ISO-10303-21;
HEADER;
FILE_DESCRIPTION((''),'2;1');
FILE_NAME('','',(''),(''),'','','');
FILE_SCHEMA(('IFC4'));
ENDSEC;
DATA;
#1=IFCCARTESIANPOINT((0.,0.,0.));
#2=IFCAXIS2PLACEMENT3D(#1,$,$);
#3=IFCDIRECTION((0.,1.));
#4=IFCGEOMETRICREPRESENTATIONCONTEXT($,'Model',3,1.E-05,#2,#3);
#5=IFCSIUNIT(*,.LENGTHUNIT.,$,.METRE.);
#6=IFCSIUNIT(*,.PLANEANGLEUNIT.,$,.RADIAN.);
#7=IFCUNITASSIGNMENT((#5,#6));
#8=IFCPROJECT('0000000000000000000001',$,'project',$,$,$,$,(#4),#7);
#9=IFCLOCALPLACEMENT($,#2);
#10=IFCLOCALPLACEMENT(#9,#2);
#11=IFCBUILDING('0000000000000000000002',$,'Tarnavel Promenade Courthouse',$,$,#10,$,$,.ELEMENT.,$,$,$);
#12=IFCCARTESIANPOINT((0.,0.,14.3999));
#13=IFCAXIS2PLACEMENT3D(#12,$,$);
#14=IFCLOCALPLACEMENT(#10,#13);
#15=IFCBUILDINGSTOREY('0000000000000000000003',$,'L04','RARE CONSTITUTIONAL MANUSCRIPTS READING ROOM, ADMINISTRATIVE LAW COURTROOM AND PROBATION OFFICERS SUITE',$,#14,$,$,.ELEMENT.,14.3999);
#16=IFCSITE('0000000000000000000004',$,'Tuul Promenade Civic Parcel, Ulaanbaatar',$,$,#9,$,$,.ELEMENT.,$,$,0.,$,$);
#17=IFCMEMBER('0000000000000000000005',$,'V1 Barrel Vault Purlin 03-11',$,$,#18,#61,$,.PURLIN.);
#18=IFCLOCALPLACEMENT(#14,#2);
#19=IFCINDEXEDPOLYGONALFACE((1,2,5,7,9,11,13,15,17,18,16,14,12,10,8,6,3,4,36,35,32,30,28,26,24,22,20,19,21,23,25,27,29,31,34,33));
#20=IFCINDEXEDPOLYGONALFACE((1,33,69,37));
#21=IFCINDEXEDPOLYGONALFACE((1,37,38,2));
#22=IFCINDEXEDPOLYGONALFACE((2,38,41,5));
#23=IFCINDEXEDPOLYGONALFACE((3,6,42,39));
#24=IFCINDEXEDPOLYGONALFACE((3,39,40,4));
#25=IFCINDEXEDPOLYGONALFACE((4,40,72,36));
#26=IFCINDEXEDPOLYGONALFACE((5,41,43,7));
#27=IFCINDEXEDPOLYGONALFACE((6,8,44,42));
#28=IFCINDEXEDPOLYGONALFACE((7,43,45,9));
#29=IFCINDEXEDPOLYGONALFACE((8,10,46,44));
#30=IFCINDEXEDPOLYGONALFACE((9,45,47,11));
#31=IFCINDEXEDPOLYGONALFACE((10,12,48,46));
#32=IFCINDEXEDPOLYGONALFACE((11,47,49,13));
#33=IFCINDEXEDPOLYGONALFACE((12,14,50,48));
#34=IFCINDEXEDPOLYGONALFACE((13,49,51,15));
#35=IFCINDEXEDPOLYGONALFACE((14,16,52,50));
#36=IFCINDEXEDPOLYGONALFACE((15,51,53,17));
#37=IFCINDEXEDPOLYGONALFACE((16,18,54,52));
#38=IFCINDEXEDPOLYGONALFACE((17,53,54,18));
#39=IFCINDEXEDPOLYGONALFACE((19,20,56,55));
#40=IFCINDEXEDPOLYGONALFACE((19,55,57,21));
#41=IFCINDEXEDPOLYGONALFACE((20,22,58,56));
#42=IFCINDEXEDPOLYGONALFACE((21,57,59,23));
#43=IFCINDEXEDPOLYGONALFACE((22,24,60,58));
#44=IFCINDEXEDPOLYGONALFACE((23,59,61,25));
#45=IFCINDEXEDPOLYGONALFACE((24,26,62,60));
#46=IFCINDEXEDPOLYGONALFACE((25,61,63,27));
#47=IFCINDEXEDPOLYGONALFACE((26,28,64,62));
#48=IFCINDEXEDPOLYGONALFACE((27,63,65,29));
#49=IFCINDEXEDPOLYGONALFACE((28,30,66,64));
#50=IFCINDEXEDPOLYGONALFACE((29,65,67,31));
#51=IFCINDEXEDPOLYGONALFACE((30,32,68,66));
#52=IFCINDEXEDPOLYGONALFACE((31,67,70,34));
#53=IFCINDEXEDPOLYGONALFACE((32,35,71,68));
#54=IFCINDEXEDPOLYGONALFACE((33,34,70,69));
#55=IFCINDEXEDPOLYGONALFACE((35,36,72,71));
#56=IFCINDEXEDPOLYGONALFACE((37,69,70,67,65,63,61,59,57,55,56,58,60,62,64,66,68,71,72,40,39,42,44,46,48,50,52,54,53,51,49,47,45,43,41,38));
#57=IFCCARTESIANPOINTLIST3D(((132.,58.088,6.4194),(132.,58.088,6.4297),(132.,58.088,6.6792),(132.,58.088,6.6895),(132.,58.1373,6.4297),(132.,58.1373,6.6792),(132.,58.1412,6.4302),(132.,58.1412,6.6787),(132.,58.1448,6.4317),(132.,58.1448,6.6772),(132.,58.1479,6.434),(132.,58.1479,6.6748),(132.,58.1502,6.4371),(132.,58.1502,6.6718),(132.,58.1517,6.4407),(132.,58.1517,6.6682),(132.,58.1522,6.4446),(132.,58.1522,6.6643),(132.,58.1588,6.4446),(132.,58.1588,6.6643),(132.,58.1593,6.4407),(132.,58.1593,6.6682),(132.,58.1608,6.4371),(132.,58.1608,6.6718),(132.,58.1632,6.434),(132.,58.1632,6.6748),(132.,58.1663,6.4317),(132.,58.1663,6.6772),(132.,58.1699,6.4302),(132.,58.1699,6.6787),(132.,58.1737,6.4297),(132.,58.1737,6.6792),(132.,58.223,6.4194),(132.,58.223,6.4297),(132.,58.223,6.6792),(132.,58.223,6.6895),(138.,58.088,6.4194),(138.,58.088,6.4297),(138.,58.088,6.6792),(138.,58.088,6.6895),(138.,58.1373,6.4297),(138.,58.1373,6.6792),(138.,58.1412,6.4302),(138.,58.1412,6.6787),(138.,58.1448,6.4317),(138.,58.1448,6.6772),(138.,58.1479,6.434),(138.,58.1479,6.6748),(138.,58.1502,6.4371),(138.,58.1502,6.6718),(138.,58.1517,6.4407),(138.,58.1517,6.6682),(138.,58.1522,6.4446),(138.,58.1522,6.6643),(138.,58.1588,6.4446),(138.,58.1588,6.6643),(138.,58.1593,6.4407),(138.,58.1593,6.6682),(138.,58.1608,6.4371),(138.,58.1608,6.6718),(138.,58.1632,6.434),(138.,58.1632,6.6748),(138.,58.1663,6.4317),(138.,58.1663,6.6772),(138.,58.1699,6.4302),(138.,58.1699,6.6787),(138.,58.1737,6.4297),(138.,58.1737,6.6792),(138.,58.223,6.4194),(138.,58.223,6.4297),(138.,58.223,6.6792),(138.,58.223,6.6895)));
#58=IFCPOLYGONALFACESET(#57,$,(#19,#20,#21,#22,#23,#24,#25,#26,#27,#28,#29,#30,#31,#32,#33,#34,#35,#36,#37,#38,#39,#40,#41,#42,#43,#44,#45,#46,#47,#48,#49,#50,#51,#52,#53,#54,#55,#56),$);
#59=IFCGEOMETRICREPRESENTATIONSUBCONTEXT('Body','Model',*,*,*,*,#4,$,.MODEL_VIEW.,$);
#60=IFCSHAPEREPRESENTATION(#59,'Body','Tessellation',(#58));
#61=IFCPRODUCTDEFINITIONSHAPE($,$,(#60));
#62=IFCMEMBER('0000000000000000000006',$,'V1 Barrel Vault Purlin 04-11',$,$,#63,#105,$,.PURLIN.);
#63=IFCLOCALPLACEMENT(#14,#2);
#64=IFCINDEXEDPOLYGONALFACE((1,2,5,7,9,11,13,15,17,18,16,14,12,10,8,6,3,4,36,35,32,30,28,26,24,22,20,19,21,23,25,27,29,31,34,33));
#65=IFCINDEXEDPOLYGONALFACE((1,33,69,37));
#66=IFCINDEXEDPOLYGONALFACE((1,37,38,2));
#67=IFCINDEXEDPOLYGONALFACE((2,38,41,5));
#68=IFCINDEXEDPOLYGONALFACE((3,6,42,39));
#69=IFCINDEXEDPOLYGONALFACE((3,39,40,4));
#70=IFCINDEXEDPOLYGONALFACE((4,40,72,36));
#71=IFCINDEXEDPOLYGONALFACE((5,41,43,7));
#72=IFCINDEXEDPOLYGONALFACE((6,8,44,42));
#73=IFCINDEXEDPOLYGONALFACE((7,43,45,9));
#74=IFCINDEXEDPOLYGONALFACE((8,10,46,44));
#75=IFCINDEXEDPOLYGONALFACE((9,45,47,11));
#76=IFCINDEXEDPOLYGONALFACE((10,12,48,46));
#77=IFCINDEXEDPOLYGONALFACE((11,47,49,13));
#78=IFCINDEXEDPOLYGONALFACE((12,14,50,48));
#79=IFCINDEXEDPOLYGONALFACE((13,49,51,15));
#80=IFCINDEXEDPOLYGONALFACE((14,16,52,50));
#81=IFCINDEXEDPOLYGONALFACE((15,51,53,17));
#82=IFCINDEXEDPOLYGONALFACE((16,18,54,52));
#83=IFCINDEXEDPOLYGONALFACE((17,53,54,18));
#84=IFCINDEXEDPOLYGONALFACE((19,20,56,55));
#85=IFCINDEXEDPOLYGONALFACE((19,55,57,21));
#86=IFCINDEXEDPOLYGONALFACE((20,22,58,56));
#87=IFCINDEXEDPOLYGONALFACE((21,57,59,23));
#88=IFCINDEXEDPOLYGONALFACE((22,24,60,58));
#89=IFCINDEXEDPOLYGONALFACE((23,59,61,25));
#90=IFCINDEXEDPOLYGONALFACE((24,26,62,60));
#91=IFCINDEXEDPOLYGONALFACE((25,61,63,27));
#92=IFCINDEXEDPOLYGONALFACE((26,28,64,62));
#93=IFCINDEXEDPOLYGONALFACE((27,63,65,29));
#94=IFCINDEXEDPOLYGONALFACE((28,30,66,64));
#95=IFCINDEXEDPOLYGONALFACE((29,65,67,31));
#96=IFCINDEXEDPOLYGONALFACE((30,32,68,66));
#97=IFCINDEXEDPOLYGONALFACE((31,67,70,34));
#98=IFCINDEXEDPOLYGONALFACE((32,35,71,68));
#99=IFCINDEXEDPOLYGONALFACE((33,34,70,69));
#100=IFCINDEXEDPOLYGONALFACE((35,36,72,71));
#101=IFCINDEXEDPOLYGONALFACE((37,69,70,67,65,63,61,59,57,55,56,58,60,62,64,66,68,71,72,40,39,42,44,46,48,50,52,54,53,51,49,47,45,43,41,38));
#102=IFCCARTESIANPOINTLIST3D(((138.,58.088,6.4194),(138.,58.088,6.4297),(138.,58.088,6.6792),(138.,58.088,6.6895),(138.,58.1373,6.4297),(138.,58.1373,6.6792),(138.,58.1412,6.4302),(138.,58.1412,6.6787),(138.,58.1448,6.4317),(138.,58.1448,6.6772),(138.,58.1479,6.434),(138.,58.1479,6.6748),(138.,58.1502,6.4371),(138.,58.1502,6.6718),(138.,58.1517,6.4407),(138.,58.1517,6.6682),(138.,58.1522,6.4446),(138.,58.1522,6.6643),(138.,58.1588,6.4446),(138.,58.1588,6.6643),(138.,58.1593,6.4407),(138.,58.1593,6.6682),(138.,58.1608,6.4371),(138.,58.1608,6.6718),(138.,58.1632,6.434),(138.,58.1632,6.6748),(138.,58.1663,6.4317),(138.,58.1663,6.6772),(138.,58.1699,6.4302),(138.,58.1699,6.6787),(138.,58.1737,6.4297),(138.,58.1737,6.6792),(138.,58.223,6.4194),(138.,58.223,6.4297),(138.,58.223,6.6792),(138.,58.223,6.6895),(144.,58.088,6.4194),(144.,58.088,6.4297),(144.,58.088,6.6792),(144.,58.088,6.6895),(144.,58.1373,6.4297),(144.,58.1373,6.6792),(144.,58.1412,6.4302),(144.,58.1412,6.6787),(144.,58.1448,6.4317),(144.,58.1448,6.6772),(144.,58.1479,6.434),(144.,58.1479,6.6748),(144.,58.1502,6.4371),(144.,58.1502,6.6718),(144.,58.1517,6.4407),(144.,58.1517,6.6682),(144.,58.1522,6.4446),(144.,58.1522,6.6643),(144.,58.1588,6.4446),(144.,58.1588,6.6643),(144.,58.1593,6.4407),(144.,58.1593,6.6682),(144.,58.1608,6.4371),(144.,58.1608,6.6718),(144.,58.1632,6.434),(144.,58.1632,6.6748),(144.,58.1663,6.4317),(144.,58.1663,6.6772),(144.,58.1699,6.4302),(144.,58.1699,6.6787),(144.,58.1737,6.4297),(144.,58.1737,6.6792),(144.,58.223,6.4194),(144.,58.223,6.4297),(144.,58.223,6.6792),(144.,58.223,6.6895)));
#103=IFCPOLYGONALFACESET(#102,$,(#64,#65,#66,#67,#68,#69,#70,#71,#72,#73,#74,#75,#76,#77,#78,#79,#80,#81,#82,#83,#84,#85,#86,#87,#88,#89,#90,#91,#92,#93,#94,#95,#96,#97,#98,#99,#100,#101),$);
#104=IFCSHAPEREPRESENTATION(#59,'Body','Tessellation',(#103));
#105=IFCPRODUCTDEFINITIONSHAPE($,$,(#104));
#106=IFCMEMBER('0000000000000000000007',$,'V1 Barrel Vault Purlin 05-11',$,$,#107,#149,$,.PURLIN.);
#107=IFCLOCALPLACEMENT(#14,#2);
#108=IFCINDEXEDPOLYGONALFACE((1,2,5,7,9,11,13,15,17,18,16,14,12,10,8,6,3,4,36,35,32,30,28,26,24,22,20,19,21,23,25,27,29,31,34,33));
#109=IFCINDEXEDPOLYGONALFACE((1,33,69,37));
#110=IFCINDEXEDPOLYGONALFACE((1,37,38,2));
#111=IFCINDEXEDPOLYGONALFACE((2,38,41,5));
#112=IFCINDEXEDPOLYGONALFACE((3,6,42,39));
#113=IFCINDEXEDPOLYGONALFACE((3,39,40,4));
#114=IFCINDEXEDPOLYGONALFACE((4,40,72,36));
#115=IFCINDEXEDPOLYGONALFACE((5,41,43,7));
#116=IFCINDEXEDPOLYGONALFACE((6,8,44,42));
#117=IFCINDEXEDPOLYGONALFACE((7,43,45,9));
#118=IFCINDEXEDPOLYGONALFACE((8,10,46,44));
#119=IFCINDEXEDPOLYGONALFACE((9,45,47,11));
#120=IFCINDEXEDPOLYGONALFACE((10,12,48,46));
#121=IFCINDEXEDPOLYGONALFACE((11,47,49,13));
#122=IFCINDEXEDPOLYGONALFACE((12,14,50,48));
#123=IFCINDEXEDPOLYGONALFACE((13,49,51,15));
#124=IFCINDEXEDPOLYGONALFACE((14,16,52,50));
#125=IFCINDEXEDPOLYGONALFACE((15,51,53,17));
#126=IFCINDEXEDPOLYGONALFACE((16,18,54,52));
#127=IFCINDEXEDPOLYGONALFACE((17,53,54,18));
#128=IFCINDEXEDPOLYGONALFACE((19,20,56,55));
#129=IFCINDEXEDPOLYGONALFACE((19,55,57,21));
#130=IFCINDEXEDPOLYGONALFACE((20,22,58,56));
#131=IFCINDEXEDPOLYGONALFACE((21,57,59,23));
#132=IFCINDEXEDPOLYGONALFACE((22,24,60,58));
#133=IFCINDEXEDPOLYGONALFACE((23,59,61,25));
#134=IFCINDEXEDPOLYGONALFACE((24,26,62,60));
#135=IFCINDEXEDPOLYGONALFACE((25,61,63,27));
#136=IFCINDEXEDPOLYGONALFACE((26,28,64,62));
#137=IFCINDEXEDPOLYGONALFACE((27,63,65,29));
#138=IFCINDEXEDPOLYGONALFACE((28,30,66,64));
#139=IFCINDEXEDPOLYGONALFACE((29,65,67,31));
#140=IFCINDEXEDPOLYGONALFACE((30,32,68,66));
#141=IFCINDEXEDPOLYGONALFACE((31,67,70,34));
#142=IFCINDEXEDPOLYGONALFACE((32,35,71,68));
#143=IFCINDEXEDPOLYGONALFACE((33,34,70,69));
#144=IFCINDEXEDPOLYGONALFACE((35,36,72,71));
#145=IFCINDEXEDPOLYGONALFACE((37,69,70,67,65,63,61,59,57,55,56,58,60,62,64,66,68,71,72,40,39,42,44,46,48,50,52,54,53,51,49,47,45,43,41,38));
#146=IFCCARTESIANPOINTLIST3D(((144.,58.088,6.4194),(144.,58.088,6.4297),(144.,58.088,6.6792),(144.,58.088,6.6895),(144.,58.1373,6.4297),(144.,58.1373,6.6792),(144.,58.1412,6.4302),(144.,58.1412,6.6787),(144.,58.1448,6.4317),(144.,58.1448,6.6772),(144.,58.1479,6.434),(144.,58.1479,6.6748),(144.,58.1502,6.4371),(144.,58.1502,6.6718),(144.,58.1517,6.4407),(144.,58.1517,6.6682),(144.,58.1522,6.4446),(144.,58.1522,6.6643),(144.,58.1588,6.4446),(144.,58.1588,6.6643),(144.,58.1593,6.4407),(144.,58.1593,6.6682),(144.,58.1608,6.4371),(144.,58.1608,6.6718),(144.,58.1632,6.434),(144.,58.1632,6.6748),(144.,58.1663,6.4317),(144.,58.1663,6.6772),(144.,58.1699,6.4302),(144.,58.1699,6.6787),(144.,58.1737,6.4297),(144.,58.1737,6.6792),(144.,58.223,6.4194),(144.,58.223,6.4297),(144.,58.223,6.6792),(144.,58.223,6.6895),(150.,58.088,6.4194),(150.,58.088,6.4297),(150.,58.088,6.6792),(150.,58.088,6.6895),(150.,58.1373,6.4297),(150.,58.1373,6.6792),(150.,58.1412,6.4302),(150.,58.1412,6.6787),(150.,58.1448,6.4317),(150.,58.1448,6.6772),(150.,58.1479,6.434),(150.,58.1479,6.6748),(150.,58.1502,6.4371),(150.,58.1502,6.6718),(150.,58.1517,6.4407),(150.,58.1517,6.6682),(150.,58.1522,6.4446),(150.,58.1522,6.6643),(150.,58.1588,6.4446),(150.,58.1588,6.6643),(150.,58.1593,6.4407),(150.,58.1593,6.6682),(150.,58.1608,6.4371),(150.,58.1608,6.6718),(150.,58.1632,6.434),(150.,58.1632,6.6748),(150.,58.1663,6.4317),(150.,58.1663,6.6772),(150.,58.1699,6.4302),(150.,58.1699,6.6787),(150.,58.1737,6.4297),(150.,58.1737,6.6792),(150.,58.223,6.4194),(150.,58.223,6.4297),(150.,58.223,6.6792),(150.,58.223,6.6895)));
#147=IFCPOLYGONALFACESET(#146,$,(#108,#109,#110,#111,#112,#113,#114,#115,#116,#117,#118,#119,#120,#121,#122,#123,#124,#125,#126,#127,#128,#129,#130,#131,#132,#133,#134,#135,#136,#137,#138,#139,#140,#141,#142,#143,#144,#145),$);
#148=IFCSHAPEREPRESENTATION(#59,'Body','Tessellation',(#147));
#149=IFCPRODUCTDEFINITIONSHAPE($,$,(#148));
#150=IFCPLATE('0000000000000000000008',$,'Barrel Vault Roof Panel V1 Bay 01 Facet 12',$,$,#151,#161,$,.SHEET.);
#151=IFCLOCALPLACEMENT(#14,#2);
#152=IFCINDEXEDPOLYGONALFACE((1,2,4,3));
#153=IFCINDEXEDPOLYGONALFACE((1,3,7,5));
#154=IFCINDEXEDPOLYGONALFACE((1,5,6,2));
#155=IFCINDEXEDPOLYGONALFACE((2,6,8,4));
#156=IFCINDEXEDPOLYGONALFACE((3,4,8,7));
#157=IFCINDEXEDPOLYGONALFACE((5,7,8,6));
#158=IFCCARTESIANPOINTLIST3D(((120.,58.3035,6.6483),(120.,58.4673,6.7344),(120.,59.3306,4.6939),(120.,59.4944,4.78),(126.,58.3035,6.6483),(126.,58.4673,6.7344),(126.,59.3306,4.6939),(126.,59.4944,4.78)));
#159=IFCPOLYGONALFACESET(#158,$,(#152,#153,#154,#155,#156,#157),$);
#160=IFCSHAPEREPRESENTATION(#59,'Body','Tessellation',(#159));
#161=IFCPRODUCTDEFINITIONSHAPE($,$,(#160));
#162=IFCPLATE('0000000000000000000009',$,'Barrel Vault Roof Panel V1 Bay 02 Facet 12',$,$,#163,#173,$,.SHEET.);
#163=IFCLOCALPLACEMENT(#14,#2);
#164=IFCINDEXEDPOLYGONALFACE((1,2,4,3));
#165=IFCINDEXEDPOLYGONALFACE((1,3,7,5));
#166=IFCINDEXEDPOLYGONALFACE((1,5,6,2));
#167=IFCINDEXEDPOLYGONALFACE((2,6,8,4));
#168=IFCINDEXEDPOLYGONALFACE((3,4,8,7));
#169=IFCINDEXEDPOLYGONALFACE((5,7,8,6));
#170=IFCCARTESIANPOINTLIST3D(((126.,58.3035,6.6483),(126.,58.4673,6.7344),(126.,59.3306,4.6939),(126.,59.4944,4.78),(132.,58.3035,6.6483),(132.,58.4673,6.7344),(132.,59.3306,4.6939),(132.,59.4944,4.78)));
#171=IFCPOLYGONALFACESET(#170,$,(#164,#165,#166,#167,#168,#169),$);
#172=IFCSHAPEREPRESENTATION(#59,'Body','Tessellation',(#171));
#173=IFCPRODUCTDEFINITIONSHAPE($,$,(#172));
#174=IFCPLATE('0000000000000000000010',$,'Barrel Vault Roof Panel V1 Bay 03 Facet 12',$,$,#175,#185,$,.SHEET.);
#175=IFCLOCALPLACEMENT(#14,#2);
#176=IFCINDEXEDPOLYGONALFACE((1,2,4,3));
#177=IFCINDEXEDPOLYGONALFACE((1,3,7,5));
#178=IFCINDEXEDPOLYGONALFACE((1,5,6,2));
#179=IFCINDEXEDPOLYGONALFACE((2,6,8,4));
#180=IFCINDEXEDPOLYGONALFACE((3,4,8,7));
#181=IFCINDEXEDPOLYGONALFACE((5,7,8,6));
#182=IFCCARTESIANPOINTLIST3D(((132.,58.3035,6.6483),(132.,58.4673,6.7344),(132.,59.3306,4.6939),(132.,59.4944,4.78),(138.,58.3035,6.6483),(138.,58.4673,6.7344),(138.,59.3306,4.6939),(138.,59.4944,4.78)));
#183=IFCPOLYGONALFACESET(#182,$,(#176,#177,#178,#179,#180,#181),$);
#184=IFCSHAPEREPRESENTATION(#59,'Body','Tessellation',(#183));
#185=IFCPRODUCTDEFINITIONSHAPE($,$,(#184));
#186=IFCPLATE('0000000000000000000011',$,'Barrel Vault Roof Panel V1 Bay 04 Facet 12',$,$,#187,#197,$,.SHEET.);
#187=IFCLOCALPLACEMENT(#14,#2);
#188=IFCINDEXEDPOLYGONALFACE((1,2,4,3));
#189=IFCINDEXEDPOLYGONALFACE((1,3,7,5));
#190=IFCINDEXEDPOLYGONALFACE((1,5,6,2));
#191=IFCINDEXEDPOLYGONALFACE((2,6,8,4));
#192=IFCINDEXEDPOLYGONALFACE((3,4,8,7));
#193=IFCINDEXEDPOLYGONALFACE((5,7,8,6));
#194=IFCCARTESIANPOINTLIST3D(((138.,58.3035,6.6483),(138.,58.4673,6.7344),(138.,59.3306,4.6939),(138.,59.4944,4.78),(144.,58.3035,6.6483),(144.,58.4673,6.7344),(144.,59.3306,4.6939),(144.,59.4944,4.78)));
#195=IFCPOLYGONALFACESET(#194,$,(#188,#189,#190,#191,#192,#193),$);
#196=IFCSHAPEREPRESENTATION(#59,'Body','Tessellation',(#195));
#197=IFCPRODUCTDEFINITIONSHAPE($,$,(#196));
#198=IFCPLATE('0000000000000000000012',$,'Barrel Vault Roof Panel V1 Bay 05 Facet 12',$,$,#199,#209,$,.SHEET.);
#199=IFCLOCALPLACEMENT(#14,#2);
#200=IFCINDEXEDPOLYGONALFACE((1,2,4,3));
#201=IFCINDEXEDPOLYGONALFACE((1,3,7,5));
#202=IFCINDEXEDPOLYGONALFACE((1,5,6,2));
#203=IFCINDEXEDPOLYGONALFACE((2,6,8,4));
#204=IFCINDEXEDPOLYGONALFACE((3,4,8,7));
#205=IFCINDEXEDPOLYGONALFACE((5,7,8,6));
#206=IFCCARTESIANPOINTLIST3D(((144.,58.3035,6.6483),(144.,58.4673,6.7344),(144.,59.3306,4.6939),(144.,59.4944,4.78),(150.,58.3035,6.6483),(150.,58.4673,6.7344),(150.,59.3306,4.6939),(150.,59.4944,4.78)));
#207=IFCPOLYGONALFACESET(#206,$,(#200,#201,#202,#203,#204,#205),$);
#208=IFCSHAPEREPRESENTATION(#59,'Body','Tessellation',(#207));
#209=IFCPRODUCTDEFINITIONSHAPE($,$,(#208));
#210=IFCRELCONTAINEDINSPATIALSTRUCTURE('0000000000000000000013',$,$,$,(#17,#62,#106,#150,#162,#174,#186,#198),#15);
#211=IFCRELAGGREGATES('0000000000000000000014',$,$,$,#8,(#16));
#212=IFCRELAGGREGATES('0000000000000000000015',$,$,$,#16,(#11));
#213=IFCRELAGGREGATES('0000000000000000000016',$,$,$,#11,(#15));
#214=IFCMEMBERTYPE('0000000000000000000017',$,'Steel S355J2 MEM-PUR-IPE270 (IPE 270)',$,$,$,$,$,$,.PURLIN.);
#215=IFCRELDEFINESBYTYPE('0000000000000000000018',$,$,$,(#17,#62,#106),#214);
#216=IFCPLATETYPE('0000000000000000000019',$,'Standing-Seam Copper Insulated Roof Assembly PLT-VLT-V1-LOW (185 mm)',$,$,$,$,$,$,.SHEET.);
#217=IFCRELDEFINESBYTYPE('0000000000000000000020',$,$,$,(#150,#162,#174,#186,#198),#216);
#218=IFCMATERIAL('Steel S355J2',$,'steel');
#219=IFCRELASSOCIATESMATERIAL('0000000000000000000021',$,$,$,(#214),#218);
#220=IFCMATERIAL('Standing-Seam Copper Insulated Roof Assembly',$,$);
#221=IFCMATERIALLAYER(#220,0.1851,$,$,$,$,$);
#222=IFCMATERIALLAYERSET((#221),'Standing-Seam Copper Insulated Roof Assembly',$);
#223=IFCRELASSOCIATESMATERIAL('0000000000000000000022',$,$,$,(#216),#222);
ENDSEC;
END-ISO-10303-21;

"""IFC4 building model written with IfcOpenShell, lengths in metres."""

from ifc_helpers import new_model, si_unit, direction, frame, origin, origin_2d, place, context, subcontext, project, spatial, polyline, i_section, outline, extrude, material, layer, layer_set, material_profile, profile_set, type_object, element, save


model = new_model("IFC4")

# Units and contexts
model_context = context("Model", 3, precision=1e-05, world=origin(), true_north=direction((0.0, 1.0)))
body_context = subcontext(model_context, "Body", "Model", "MODEL_VIEW")
ifc_project = project(units=[si_unit("LENGTHUNIT", "METRE"), si_unit("PLANEANGLEUNIT", "RADIAN")], contexts=[model_context])

# Site, building, storey
site_placement = place(None, origin())
site = spatial("IfcSite", under=ifc_project, at=site_placement, Name="Tuul Promenade Civic Parcel, Ulaanbaatar", CompositionType="ELEMENT", RefElevation=0.0)
building_placement = place(site_placement, origin())
building = spatial("IfcBuilding", under=site, at=building_placement, Name="Tarnavel Promenade Courthouse", CompositionType="ELEMENT")
storey_placement = place(building_placement, frame((0.0, 0.0, 14.3999)))
storey = spatial("IfcBuildingStorey", under=building, at=storey_placement, Name="L04", Description="RARE CONSTITUTIONAL MANUSCRIPTS READING ROOM, ADMINISTRATIVE LAW COURTROOM AND PROBATION OFFICERS SUITE", CompositionType="ELEMENT", Elevation=14.3999)

# Members
ifc_material_1 = material(Name="Steel S355J2", Category="steel")
ifc_material_profile_1 = material_profile(ifc_material_1, i_section(OverallWidth=0.135, OverallDepth=0.27, WebThickness=0.0066, FlangeThickness=0.0103, FilletRadius=0.0149, at=origin_2d()), Name="IPE 270")
ifc_profile_set_1 = profile_set([ifc_material_profile_1], Name="Steel S355J2")
member_type = type_object("IfcMemberType", Name="Steel S355J2 MEM-PUR-IPE270 (IPE 270)", PredefinedType="PURLIN", material=ifc_profile_set_1)
for number, where, z_axis, x_axis, name in (
    (1, (132.0, 58.1555, 6.5544), (1.0, 0.0, 0.0), (0.0, 1.0, 0.0), "V1 Barrel Vault Purlin 03-11"),
    (2, (138.0, 58.1555, 6.5544), (1.0, 0.0, 0.0), (0.0, 1.0, 0.0), "V1 Barrel Vault Purlin 04-11"),
    (3, (144.0, 58.1555, 6.5544), (1.0, 0.0, 0.0), (0.0, 1.0, 0.0), "V1 Barrel Vault Purlin 05-11"),
):
    element("IfcMember", number, at=place(storey_placement, frame(where, z_axis=z_axis, x_axis=x_axis)), inside=storey, type_object=member_type, Name=name, PredefinedType="PURLIN", context=body_context, shape_type="SweptSolid", body=[
        extrude(i_section(OverallWidth=0.135, OverallDepth=0.27, WebThickness=0.0066, FlangeThickness=0.0103, FilletRadius=0.0149, at=origin_2d()), origin(), (0.0, 0.0, 1.0), 6.0),
    ])

# Plates
ifc_material_2 = material(Name="Standing-Seam Copper Insulated Roof Assembly")
ifc_layer = layer(ifc_material_2, 0.1851)
ifc_layer_set = layer_set([ifc_layer], Name="Standing-Seam Copper Insulated Roof Assembly")
plate_type = type_object("IfcPlateType", Name="Standing-Seam Copper Insulated Roof Assembly PLT-VLT-V1-LOW (185 mm)", PredefinedType="SHEET", material=ifc_layer_set)
for number, where, z_axis, x_axis, name in (
    (4, (120.0, 58.4673, 6.7344), (0.0, 0.885199, 0.465213), (1.0, 0.0, 0.0), "Barrel Vault Roof Panel V1 Bay 01 Facet 12"),
    (5, (126.0, 58.4673, 6.7344), (0.0, 0.885199, 0.465213), (1.0, 0.0, 0.0), "Barrel Vault Roof Panel V1 Bay 02 Facet 12"),
    (6, (132.0, 58.4673, 6.7344), (0.0, 0.885199, 0.465213), (1.0, 0.0, 0.0), "Barrel Vault Roof Panel V1 Bay 03 Facet 12"),
    (7, (138.0, 58.4673, 6.7344), (0.0, 0.885199, 0.465213), (1.0, 0.0, 0.0), "Barrel Vault Roof Panel V1 Bay 04 Facet 12"),
    (8, (144.0, 58.4673, 6.7344), (0.0, 0.885199, 0.465213), (1.0, 0.0, 0.0), "Barrel Vault Roof Panel V1 Bay 05 Facet 12"),
):
    element("IfcPlate", number, at=place(storey_placement, frame(where, z_axis=z_axis, x_axis=x_axis)), inside=storey, type_object=plate_type, Name=name, PredefinedType="SHEET", context=body_context, shape_type="SweptSolid", body=[
        extrude(outline(polyline([(0.0, 0.0), (6.0, 0.0), (6.0, 2.2078), (0.0, 2.2078), (0.0, 0.0)])), origin(), (0.0, 0.0, -1.0), 0.1851),
    ])

save(model, "model.ifc")
